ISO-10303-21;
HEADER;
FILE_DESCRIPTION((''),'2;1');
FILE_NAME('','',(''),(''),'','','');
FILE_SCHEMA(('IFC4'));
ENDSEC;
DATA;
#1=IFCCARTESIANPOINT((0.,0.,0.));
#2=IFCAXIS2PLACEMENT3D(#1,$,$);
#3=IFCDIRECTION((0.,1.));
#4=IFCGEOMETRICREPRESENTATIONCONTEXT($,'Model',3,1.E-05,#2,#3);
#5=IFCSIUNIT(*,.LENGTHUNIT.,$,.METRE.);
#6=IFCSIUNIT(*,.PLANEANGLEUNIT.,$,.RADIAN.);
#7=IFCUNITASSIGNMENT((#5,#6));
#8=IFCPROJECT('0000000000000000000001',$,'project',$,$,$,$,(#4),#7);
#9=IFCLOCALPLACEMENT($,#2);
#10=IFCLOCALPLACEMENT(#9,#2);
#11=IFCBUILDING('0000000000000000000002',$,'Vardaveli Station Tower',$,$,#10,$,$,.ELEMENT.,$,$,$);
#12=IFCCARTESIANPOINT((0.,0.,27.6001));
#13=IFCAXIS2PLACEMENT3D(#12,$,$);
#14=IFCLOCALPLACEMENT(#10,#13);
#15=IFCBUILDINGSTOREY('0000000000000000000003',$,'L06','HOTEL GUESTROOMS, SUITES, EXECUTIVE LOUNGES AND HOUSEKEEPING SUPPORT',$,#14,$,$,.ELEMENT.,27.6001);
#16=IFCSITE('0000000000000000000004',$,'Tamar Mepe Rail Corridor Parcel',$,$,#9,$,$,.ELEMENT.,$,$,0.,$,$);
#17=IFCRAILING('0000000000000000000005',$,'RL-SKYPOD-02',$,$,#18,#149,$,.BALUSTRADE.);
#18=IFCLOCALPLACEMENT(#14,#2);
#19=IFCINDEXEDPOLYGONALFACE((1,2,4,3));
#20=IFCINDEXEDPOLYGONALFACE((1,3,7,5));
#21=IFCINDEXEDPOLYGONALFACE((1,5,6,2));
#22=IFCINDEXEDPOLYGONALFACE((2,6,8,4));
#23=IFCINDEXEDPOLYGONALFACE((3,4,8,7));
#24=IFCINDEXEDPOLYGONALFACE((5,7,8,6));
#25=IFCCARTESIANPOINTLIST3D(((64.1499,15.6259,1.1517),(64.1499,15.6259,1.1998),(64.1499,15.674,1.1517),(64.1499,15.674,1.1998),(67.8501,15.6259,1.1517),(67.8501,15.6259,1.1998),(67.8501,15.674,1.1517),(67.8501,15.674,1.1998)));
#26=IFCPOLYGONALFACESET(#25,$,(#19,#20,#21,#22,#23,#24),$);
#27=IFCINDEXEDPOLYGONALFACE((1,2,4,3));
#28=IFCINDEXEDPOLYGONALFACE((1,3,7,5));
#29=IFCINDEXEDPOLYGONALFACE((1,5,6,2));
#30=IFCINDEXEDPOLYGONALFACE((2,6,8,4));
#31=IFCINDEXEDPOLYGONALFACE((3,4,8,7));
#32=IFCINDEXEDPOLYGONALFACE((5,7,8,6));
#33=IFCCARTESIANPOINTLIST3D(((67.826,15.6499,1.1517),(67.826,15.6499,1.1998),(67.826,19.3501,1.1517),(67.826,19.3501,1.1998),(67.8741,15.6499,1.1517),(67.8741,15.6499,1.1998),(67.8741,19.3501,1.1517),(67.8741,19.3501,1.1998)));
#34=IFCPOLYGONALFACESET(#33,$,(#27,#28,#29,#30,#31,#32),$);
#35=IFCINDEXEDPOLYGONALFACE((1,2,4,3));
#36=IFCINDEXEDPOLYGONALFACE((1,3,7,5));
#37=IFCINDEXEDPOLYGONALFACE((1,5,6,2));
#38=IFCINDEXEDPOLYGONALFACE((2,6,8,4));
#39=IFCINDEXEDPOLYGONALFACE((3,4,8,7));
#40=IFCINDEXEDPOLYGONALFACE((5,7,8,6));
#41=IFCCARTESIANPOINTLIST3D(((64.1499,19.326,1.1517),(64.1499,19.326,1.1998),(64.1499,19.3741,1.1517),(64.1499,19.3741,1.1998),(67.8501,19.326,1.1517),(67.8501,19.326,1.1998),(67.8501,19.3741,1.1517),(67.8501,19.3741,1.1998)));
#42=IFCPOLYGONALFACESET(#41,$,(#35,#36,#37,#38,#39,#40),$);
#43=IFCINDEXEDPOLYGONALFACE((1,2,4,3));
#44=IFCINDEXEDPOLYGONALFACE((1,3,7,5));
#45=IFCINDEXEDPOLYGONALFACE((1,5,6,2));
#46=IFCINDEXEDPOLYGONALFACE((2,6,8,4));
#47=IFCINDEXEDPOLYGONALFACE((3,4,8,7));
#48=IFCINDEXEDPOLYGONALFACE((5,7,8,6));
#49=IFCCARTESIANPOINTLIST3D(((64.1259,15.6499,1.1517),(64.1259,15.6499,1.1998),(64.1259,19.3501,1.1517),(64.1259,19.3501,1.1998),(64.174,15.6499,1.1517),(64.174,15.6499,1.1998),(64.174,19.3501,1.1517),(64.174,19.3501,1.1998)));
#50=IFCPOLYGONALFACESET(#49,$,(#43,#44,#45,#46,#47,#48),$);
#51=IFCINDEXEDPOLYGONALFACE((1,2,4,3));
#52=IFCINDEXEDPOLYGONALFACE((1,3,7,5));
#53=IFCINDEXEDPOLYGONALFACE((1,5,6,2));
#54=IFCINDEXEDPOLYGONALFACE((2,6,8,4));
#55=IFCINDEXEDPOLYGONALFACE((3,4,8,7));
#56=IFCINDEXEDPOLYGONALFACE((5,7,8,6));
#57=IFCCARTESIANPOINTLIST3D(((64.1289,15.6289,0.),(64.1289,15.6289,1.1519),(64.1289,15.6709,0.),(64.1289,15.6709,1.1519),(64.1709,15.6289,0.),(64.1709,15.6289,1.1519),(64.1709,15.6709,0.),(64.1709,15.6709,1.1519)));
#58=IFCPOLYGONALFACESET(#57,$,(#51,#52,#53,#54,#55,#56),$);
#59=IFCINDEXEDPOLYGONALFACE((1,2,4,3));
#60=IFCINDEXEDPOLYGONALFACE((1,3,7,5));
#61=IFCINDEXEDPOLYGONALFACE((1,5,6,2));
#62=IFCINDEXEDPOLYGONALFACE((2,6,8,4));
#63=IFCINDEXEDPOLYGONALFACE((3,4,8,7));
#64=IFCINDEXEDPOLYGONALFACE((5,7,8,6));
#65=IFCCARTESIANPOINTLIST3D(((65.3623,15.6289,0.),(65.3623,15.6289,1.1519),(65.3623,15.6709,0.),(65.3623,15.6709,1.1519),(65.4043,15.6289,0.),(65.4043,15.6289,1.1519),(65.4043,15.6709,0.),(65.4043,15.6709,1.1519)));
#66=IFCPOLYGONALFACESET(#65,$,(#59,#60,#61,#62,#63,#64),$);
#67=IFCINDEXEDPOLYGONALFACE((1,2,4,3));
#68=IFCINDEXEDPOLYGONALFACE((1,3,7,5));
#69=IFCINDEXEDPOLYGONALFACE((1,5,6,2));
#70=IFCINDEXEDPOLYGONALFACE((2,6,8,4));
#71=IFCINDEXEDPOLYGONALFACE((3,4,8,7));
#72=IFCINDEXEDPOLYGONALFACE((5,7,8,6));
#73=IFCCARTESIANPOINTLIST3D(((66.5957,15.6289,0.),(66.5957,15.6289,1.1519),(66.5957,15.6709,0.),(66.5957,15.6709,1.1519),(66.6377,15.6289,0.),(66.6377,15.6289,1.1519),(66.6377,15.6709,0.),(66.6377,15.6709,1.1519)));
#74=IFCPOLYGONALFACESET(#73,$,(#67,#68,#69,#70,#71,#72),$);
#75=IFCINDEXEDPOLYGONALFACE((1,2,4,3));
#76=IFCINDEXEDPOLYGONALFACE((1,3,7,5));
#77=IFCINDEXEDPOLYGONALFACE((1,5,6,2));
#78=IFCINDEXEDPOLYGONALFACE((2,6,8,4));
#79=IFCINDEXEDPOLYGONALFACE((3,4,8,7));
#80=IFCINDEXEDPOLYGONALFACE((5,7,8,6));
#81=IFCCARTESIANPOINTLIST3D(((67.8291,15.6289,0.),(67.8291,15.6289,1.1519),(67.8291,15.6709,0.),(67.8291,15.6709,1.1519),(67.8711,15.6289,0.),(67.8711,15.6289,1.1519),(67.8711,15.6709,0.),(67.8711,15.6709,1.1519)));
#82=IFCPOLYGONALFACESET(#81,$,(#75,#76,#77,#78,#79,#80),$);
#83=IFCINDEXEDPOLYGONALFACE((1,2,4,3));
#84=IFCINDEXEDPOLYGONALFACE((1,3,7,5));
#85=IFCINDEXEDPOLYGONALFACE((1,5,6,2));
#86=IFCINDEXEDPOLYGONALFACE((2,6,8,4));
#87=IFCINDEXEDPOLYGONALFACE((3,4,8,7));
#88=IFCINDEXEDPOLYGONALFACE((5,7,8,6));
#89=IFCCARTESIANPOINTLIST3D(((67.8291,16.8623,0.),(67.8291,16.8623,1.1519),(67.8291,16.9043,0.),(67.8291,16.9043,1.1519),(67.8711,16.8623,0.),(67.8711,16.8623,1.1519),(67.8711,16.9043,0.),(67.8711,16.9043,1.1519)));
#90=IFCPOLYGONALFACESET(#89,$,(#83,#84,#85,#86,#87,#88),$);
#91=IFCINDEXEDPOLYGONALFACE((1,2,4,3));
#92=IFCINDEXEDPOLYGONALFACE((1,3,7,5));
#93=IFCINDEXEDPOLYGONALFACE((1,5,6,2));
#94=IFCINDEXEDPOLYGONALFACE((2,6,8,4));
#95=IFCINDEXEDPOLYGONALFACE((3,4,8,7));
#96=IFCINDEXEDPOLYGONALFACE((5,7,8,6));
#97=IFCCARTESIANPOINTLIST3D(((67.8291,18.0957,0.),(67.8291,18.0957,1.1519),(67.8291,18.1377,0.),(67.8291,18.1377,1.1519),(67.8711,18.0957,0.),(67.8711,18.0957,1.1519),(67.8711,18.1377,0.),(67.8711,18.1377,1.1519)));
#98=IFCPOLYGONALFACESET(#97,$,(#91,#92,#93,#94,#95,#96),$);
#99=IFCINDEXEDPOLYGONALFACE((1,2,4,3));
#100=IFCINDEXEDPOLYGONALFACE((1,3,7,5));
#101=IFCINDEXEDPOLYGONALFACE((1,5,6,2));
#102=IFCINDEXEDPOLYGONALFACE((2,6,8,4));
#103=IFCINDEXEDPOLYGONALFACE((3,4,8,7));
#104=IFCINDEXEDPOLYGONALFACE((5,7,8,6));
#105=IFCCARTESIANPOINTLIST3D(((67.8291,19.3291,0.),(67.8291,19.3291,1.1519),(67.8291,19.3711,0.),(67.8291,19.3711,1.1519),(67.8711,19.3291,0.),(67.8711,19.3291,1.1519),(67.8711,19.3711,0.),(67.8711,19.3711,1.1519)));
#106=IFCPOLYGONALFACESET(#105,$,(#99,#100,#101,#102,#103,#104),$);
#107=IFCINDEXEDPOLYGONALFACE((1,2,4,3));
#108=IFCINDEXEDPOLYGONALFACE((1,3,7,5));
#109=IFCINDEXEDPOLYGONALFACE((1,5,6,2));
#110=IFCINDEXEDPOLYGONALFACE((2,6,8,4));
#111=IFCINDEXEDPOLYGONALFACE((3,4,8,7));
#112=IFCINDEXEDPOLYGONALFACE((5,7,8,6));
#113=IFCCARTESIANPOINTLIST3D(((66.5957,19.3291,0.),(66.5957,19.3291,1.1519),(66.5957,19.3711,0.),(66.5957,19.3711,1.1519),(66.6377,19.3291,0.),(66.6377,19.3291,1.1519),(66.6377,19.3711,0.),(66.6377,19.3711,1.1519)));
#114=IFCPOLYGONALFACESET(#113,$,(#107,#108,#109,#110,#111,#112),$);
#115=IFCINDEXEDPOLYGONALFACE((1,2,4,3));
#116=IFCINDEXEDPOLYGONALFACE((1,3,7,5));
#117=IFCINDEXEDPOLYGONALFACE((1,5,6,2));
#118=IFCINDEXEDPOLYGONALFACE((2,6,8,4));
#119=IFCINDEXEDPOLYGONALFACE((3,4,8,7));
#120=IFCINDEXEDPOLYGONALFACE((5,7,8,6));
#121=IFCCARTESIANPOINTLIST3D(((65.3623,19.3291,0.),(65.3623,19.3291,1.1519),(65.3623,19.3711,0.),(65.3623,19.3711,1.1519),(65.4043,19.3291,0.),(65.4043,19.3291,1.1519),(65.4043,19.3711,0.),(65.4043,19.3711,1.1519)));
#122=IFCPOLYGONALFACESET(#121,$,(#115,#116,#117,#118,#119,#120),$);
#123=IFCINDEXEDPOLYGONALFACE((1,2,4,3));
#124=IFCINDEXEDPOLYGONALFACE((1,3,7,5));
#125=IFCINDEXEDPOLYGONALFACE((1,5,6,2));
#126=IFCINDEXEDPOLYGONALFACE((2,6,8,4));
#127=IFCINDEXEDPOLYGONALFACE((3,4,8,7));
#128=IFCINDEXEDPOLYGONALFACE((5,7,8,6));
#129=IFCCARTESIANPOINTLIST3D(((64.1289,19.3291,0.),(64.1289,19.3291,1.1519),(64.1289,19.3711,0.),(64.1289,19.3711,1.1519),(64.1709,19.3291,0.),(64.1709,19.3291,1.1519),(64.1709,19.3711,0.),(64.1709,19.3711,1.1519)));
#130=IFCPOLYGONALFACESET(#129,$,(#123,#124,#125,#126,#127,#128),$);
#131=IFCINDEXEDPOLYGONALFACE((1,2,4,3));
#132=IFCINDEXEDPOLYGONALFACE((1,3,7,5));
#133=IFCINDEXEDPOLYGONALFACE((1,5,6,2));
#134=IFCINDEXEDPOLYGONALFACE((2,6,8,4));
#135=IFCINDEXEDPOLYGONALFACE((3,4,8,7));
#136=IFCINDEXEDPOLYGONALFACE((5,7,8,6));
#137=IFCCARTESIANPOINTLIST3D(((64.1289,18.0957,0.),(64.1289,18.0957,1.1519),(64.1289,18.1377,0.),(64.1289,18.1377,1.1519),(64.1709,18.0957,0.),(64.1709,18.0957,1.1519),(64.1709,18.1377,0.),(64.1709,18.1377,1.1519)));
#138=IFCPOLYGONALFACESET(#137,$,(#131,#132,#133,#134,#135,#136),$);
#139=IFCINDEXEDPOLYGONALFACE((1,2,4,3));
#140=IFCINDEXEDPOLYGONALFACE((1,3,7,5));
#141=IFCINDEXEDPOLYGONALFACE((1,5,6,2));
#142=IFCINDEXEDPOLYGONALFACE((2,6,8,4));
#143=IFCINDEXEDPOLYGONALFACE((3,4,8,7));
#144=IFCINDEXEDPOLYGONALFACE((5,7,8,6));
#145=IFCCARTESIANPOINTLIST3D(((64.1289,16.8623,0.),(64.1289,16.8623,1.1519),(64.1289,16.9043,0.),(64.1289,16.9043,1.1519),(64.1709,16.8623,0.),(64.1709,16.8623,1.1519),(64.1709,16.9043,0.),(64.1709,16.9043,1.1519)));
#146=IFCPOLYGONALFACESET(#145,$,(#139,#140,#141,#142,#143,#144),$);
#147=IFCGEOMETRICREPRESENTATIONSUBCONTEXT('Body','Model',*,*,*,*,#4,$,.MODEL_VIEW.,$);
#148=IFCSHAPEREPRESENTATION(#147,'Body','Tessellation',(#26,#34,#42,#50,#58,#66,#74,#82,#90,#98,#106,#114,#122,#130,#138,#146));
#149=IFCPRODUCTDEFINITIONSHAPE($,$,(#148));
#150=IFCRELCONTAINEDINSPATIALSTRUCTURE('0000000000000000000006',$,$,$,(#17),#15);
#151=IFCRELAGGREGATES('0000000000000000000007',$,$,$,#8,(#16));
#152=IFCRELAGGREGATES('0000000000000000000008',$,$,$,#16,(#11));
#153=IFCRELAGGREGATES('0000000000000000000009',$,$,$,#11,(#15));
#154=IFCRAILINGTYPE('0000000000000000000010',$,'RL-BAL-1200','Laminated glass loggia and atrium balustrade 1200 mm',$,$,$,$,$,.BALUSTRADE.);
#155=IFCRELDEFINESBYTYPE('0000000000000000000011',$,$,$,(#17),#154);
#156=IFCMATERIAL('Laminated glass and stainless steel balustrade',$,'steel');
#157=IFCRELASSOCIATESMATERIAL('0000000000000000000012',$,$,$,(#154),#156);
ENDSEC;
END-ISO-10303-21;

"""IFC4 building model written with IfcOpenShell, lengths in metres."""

from ifc_helpers import new_model, si_unit, direction, frame, origin, origin_2d, place, context, subcontext, project, spatial, rectangle, extrude, source, transform, mapped, material, type_object, element, save


model = new_model("IFC4")

# Units and contexts
model_context = context("Model", 3, precision=1e-05, world=origin(), true_north=direction((0.0, 1.0)))
body_context = subcontext(model_context, "Body", "Model", "MODEL_VIEW")
ifc_project = project(units=[si_unit("LENGTHUNIT", "METRE"), si_unit("PLANEANGLEUNIT", "RADIAN")], contexts=[model_context])

# Site, building, storey
site_placement = place(None, origin())
site = spatial("IfcSite", under=ifc_project, at=site_placement, Name="Tamar Mepe Rail Corridor Parcel", CompositionType="ELEMENT", RefElevation=0.0)
building_placement = place(site_placement, origin())
building = spatial("IfcBuilding", under=site, at=building_placement, Name="Vardaveli Station Tower", CompositionType="ELEMENT")
storey_placement = place(building_placement, frame((0.0, 0.0, 27.6001)))
storey = spatial("IfcBuildingStorey", under=building, at=storey_placement, Name="L06", Description="HOTEL GUESTROOMS, SUITES, EXECUTIVE LOUNGES AND HOUSEKEEPING SUPPORT", CompositionType="ELEMENT", Elevation=27.6001)

# Railing
ifc_material_1 = material(Name="Laminated glass and stainless steel balustrade", Category="steel")
railing_type = type_object("IfcRailingType", Name="RL-BAL-1200", Description="Laminated glass loggia and atrium balustrade 1200 mm", PredefinedType="BALUSTRADE", material=ifc_material_1)
shared_shape_1 = source(origin(), body_context, "Body", "SweptSolid", [
    extrude(rectangle(XDim=0.0481, YDim=0.0481, at=origin_2d()), frame((0.0, 0.0, 1.1758), z_axis=(1.0, 0.0, 0.0), x_axis=(0.0, 1.0, 0.0)), (0.0, 0.0, 1.0), 3.7002),
    extrude(rectangle(XDim=0.0481, YDim=0.0481, at=origin_2d()), frame((3.7002, 0.0, 1.1758), z_axis=(0.0, 1.0, 0.0), x_axis=(-1.0, 0.0, 0.0)), (0.0, 0.0, 1.0), 3.7002),
    extrude(rectangle(XDim=0.0481, YDim=0.0481, at=origin_2d()), frame((3.7002, 3.7002, 1.1758), z_axis=(-1.0, 0.0, 0.0), x_axis=(0.0, -1.0, 0.0)), (0.0, 0.0, 1.0), 3.7002),
    extrude(rectangle(XDim=0.0481, YDim=0.0481, at=origin_2d()), frame((0.0, 3.7002, 1.1758), z_axis=(0.0, -1.0, 0.0), x_axis=(1.0, 0.0, 0.0)), (0.0, 0.0, 1.0), 3.7002),
    extrude(rectangle(XDim=0.042, YDim=0.042, at=origin_2d()), origin(), (0.0, 0.0, 1.0), 1.1519),
    extrude(rectangle(XDim=0.042, YDim=0.042, at=origin_2d()), frame((1.2334, 0.0, 0.0)), (0.0, 0.0, 1.0), 1.1519),
    extrude(rectangle(XDim=0.042, YDim=0.042, at=origin_2d()), frame((2.4668, 0.0, 0.0)), (0.0, 0.0, 1.0), 1.1519),
    extrude(rectangle(XDim=0.042, YDim=0.042, at=origin_2d()), frame((3.7002, 0.0, 0.0)), (0.0, 0.0, 1.0), 1.1519),
    extrude(rectangle(XDim=0.042, YDim=0.042, at=origin_2d()), frame((3.7002, 1.2334, 0.0)), (0.0, 0.0, 1.0), 1.1519),
    extrude(rectangle(XDim=0.042, YDim=0.042, at=origin_2d()), frame((3.7002, 2.4668, 0.0)), (0.0, 0.0, 1.0), 1.1519),
    extrude(rectangle(XDim=0.042, YDim=0.042, at=origin_2d()), frame((3.7002, 3.7002, 0.0)), (0.0, 0.0, 1.0), 1.1519),
    extrude(rectangle(XDim=0.042, YDim=0.042, at=origin_2d()), frame((2.4668, 3.7002, 0.0)), (0.0, 0.0, 1.0), 1.1519),
    extrude(rectangle(XDim=0.042, YDim=0.042, at=origin_2d()), frame((1.2334, 3.7002, 0.0)), (0.0, 0.0, 1.0), 1.1519),
    extrude(rectangle(XDim=0.042, YDim=0.042, at=origin_2d()), frame((0.0, 3.7002, 0.0)), (0.0, 0.0, 1.0), 1.1519),
    extrude(rectangle(XDim=0.042, YDim=0.042, at=origin_2d()), frame((0.0, 2.4668, 0.0)), (0.0, 0.0, 1.0), 1.1519),
    extrude(rectangle(XDim=0.042, YDim=0.042, at=origin_2d()), frame((0.0, 1.2334, 0.0)), (0.0, 0.0, 1.0), 1.1519),
])
for number, where, name in (
    (1, (64.1499, 15.6499, 0.0), "RL-SKYPOD-02"),
):
    element("IfcRailing", number, at=place(storey_placement, frame(where)), inside=storey, type_object=railing_type, Name=name, PredefinedType="BALUSTRADE", context=body_context, shape_type="MappedRepresentation", body=[
        mapped(shared_shape_1, transform((0.0, 0.0, 0.0), scale=1.0)),
    ])

save(model, "model.ifc")
